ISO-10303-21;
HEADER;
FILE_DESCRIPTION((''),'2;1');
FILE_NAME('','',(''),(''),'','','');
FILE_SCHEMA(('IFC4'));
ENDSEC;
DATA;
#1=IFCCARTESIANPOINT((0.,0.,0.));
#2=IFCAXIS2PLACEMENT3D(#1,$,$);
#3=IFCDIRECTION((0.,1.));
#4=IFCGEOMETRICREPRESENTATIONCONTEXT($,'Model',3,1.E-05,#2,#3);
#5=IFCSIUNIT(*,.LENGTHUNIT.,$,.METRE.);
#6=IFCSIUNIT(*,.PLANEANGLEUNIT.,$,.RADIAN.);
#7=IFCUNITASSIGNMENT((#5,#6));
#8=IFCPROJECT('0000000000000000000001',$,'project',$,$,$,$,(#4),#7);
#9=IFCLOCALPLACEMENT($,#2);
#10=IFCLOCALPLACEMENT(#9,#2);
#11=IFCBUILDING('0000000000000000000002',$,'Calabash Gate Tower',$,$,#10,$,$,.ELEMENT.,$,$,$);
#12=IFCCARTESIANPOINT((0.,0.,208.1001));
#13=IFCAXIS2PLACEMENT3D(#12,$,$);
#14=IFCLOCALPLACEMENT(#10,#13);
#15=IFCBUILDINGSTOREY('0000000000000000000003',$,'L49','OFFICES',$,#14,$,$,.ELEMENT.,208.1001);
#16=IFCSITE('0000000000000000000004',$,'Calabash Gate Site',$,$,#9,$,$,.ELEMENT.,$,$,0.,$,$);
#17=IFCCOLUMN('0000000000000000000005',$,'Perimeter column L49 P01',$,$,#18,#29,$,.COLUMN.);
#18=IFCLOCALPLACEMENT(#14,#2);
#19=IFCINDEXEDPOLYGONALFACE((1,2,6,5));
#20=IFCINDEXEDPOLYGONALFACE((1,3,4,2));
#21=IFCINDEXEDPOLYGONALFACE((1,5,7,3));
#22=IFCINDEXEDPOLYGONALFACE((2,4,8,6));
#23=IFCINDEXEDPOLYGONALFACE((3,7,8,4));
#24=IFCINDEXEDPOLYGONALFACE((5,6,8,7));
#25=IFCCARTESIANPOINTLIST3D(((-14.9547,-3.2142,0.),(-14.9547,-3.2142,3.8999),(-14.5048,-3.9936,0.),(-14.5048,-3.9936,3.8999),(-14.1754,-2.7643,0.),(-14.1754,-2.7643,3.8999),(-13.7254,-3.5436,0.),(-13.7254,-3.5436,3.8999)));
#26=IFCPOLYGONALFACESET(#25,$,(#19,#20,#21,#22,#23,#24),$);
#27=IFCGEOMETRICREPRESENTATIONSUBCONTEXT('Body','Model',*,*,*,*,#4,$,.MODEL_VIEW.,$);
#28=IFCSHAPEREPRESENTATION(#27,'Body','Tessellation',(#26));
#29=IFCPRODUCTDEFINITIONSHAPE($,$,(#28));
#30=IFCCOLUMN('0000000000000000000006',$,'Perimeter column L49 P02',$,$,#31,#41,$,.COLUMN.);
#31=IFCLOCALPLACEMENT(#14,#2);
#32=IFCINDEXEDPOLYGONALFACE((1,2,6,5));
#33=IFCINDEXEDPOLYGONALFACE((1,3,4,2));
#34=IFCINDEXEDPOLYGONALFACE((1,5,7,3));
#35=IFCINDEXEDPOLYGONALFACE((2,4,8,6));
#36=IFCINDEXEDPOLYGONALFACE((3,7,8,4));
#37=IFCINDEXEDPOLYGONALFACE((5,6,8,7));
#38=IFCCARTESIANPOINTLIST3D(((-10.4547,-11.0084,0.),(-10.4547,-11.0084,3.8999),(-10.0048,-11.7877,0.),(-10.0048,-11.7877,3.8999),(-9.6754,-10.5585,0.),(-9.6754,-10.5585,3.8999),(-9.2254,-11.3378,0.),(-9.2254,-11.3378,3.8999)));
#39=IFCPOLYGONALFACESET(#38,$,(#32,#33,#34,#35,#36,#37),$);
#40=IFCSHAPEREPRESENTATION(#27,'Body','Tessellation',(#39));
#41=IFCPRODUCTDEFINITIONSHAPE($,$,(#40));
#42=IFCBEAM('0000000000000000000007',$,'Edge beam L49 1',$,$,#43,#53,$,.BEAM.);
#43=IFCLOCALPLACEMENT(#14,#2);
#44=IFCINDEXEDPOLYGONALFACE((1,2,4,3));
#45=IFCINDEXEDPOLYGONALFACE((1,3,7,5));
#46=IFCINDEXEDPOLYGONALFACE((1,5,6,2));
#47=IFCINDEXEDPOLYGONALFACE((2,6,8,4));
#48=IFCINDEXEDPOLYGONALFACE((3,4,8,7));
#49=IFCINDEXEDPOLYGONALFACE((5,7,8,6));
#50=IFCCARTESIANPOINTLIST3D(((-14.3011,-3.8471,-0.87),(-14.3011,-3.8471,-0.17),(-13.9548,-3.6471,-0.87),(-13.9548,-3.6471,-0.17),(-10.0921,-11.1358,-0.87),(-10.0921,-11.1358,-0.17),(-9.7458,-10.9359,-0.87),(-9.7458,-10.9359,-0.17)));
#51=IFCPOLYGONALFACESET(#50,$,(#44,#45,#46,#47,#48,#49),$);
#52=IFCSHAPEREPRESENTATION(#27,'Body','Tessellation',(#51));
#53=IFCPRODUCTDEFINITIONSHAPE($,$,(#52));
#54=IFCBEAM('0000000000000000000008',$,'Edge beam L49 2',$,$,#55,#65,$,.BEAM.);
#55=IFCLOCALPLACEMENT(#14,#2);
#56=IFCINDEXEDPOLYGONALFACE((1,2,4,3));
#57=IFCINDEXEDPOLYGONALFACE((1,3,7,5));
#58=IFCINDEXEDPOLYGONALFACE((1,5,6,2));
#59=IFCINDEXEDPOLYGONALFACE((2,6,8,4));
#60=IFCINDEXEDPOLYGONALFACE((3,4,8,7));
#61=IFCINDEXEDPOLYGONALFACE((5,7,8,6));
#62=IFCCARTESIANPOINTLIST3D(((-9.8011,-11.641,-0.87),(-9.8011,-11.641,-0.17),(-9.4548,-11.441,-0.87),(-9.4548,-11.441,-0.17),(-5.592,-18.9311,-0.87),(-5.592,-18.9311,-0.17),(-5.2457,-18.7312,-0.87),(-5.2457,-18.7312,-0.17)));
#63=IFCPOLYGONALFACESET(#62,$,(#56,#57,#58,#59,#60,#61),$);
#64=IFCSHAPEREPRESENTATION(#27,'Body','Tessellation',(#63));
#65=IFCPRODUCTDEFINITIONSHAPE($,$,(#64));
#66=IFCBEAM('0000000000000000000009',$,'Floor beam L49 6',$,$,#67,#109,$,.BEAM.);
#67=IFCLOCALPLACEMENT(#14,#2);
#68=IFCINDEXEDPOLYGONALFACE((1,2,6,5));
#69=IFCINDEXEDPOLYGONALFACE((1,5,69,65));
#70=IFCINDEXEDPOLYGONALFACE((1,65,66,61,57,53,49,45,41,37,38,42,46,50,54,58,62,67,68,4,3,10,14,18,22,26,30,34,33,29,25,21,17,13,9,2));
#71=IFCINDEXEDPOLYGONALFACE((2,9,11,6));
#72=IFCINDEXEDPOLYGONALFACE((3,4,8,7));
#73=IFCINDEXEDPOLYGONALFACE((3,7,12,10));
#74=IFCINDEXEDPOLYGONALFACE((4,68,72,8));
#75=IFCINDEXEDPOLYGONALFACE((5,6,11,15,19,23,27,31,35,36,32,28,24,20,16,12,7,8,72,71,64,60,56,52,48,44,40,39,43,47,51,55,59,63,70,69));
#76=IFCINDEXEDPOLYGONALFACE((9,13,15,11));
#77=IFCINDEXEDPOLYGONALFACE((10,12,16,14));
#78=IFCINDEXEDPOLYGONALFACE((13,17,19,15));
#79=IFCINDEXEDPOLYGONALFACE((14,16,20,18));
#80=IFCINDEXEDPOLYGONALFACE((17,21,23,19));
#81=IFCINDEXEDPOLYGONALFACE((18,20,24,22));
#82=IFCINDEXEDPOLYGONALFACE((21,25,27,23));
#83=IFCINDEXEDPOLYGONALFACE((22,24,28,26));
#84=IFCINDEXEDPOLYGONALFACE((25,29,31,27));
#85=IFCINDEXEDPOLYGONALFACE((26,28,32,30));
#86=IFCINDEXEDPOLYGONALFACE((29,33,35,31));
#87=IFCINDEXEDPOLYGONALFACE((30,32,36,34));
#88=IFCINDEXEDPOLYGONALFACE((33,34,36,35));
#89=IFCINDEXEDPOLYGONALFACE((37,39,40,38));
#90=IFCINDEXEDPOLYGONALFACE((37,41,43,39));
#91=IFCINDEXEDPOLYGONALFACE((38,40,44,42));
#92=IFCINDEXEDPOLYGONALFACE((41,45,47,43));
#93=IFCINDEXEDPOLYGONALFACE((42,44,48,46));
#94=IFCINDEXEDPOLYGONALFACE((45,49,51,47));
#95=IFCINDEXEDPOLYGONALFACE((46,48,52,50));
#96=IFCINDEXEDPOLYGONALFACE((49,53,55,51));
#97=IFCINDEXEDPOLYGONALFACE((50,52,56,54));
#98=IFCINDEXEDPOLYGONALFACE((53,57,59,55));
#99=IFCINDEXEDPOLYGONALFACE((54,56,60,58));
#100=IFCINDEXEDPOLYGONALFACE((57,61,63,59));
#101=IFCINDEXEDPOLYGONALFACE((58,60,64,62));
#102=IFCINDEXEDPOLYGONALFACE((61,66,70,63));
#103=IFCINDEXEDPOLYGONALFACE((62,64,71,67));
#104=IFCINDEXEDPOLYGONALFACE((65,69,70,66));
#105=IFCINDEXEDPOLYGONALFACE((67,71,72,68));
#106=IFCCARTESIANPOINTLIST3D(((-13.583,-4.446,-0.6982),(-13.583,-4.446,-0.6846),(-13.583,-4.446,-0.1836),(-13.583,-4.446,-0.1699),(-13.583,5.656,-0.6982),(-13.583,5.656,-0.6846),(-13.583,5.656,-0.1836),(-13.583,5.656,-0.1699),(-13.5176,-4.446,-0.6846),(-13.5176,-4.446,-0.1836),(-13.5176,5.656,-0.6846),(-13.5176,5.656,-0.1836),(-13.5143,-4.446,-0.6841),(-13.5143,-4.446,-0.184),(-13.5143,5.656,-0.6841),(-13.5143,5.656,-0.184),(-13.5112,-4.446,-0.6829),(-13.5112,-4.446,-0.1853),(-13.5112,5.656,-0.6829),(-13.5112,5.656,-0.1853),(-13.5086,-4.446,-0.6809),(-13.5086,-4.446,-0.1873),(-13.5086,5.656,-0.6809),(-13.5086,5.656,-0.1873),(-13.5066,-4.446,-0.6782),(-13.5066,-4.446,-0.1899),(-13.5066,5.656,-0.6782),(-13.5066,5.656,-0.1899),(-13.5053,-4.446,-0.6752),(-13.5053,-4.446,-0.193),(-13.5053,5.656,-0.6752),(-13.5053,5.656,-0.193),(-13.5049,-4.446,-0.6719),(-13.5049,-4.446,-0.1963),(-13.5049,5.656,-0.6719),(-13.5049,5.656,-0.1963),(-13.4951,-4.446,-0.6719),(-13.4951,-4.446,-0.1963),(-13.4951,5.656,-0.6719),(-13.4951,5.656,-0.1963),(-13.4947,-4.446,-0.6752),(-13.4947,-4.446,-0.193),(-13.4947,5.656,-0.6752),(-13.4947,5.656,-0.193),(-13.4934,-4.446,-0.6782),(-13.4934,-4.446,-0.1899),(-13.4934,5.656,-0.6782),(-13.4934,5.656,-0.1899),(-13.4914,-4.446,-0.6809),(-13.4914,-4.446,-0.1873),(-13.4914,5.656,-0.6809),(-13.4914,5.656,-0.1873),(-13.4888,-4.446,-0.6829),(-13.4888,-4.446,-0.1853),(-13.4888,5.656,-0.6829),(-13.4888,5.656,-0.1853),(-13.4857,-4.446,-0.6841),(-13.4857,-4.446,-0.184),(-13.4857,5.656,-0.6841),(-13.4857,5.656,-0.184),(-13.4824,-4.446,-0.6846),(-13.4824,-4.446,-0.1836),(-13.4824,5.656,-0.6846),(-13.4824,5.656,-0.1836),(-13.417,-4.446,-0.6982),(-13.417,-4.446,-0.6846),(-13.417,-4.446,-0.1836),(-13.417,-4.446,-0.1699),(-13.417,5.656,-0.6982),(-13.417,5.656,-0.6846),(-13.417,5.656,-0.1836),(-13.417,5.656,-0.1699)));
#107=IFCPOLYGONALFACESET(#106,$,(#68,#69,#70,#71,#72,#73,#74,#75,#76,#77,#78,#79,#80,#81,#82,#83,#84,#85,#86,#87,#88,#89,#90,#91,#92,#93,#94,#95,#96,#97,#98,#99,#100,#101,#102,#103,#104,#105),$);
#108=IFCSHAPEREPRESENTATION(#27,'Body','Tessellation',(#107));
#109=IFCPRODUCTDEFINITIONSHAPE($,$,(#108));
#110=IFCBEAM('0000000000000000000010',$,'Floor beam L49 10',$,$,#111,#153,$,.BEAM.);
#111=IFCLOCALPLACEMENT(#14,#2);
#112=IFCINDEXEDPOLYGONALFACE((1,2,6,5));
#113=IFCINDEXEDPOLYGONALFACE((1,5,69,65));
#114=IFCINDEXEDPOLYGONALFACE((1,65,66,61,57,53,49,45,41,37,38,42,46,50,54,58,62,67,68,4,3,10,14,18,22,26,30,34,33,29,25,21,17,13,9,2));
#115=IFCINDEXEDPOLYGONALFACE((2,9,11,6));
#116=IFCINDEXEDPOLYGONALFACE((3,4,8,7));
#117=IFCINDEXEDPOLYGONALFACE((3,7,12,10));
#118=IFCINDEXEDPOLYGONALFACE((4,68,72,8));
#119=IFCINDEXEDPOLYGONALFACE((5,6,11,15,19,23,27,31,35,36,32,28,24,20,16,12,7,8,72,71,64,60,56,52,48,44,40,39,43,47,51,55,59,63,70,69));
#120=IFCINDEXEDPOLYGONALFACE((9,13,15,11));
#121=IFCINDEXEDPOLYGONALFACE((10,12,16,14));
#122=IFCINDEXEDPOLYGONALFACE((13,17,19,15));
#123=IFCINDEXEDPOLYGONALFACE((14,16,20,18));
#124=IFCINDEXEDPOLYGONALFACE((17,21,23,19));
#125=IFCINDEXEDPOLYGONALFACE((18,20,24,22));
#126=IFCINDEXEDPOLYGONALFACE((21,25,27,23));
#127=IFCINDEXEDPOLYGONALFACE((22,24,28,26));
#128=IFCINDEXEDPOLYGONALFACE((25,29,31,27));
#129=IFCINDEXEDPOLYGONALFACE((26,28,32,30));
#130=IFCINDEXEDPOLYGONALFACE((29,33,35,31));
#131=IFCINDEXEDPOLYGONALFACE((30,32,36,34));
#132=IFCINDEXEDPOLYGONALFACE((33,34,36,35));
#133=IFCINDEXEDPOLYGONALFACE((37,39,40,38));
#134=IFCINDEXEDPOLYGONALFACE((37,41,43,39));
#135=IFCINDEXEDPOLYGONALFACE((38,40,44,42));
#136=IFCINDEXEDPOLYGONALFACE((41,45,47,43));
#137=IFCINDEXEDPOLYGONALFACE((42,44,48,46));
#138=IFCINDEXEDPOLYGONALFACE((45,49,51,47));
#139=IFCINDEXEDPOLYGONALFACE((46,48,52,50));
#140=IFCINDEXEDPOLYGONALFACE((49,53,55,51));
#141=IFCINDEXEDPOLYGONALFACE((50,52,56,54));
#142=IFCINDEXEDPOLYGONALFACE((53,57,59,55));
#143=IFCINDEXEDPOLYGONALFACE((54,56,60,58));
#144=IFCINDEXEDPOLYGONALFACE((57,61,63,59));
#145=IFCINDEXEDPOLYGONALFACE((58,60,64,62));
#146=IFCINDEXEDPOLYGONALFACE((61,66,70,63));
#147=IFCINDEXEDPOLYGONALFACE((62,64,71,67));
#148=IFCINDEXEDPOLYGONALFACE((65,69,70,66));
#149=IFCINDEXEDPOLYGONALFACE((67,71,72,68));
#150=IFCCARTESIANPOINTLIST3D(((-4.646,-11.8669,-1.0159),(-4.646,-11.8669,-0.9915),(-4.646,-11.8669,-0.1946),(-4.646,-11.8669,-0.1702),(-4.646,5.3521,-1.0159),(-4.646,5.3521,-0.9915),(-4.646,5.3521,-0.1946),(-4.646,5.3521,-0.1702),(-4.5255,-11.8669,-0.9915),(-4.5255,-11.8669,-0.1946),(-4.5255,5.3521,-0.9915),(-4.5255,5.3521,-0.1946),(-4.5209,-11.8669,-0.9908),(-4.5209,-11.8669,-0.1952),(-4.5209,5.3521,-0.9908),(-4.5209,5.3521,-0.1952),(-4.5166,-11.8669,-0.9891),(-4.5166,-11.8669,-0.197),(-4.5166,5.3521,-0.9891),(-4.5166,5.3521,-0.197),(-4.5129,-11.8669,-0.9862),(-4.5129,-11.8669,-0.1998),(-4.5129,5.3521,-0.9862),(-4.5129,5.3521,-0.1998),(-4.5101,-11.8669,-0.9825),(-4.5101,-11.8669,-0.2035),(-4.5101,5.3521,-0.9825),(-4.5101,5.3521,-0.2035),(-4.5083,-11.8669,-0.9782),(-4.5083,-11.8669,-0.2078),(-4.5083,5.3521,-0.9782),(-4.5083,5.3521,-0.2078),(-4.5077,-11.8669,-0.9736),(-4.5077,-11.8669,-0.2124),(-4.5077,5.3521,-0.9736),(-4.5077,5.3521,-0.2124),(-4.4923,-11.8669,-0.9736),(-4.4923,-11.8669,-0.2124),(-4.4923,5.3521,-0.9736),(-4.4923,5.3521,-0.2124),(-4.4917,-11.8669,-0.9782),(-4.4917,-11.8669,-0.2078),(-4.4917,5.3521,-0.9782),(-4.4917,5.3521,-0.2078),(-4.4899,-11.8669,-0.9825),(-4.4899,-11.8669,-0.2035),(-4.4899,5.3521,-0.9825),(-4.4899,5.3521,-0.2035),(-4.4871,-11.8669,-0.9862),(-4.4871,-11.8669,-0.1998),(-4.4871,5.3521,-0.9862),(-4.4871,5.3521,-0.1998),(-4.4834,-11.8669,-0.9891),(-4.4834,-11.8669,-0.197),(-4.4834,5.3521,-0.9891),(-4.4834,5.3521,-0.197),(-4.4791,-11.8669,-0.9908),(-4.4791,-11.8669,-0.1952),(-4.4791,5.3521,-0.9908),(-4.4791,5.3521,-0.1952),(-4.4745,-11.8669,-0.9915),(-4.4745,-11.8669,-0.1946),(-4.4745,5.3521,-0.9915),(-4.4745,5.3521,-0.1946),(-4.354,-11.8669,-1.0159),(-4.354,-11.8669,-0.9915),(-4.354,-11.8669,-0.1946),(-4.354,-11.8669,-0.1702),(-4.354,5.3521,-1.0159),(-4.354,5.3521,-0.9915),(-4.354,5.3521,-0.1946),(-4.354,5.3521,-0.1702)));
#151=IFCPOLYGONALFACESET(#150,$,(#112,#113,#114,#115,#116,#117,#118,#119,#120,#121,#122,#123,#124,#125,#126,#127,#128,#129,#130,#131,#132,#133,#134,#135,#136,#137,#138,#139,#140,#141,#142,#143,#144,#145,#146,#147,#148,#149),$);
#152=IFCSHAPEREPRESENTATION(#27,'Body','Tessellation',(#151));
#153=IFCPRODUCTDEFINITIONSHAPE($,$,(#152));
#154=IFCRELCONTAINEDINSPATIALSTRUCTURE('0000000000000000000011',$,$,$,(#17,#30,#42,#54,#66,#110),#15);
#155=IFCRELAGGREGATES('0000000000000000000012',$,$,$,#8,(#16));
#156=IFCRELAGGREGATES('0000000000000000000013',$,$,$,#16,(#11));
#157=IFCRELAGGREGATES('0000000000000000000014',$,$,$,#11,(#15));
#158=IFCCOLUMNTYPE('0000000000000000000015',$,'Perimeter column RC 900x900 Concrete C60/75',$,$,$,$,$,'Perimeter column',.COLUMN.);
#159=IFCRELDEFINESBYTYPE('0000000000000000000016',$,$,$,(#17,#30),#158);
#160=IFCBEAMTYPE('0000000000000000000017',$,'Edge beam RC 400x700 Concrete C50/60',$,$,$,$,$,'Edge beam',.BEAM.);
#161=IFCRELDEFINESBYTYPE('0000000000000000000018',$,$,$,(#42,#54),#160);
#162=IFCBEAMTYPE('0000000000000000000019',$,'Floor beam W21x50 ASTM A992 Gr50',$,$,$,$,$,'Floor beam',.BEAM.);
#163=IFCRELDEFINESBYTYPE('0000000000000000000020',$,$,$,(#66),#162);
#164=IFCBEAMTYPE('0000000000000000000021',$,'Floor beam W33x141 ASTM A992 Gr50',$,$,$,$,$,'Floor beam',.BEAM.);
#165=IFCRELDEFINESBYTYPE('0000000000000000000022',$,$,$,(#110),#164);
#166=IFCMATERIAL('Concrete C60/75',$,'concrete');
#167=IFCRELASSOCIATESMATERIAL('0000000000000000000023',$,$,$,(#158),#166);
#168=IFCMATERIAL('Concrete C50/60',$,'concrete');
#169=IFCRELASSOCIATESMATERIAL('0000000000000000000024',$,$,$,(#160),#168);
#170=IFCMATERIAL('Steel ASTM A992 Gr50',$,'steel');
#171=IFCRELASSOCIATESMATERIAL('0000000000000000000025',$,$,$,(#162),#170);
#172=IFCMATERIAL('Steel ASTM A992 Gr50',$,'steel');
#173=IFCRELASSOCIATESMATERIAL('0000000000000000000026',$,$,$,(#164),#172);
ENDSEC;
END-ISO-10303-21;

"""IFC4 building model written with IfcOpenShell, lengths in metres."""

from ifc_helpers import new_model, si_unit, direction, frame, origin, origin_2d, place, context, subcontext, project, spatial, rectangle, i_section, extrude, material, material_profile, profile_set, type_object, element, save


model = new_model("IFC4")

# Units and contexts
model_context = context("Model", 3, precision=1e-05, world=origin(), true_north=direction((0.0, 1.0)))
body_context = subcontext(model_context, "Body", "Model", "MODEL_VIEW")
ifc_project = project(units=[si_unit("LENGTHUNIT", "METRE"), si_unit("PLANEANGLEUNIT", "RADIAN")], contexts=[model_context])

# Site, building, storey
site_placement = place(None, origin())
site = spatial("IfcSite", under=ifc_project, at=site_placement, Name="Calabash Gate Site", CompositionType="ELEMENT", RefElevation=0.0)
building_placement = place(site_placement, origin())
building = spatial("IfcBuilding", under=site, at=building_placement, Name="Calabash Gate Tower", CompositionType="ELEMENT")
storey_placement = place(building_placement, frame((0.0, 0.0, 208.1001)))
storey = spatial("IfcBuildingStorey", under=building, at=storey_placement, Name="L49", Description="OFFICES", CompositionType="ELEMENT", Elevation=208.1001)

# Columns
ifc_material_1 = material(Name="Concrete C60/75", Category="concrete")
ifc_material_profile_1 = material_profile(ifc_material_1, rectangle(XDim=0.8999, YDim=0.8999, at=origin_2d()))
ifc_profile_set_1 = profile_set([ifc_material_profile_1], Name="Concrete C60/75")
column_type = type_object("IfcColumnType", Name="Perimeter column RC 900x900 Concrete C60/75", ElementType="Perimeter column", PredefinedType="COLUMN", material=ifc_profile_set_1)
for number, where, z_axis, x_axis, name in (
    (1, (-14.3401, -3.3789, 0.0), (0.0, 0.0, 1.0), (0.5, -0.866025, 0.0), "Perimeter column L49 P01"),
    (2, (-9.8401, -11.1731, 0.0), (0.0, 0.0, 1.0), (0.5, -0.866025, 0.0), "Perimeter column L49 P02"),
):
    element("IfcColumn", number, at=place(storey_placement, frame(where, z_axis=z_axis, x_axis=x_axis)), inside=storey, type_object=column_type, Name=name, PredefinedType="COLUMN", context=body_context, shape_type="SweptSolid", body=[
        extrude(rectangle(XDim=0.8999, YDim=0.8999, at=origin_2d()), origin(), (0.0, 0.0, 1.0), 3.8999),
    ])

# Beams
ifc_material_2 = material(Name="Concrete C50/60", Category="concrete")
ifc_material_profile_2 = material_profile(ifc_material_2, rectangle(XDim=0.3999, YDim=0.7, at=origin_2d()))
ifc_profile_set_2 = profile_set([ifc_material_profile_2], Name="Concrete C50/60")
beam_type_1 = type_object("IfcBeamType", Name="Edge beam RC 400x700 Concrete C50/60", ElementType="Edge beam", PredefinedType="BEAM", material=ifc_profile_set_2)
beam_1_placement = place(storey_placement, frame((-14.1279, -3.7471, -0.52), z_axis=(0.50007, -0.865985, 0.0), x_axis=(0.865985, 0.50007, 0.0)))
element("IfcBeam", 3, at=beam_1_placement, inside=storey, type_object=beam_type_1, Name="Edge beam L49 1", PredefinedType="BEAM", context=body_context, shape_type="SweptSolid", body=[
    extrude(rectangle(XDim=0.3999, YDim=0.7, at=origin_2d()), origin(), (0.0, 0.0, 1.0), 8.4167),
])
beam_2_placement = place(storey_placement, frame((-9.6279, -11.541, -0.52), z_axis=(0.500007, -0.866021, 0.0), x_axis=(0.866021, 0.500007, 0.0)))
element("IfcBeam", 4, at=beam_2_placement, inside=storey, type_object=beam_type_1, Name="Edge beam L49 2", PredefinedType="BEAM", context=body_context, shape_type="SweptSolid", body=[
    extrude(rectangle(XDim=0.3999, YDim=0.7, at=origin_2d()), origin(), (0.0, 0.0, 1.0), 8.418),
])
ifc_material_3 = material(Name="Steel ASTM A992 Gr50", Category="steel")
ifc_material_profile_3 = material_profile(ifc_material_3, i_section(OverallWidth=0.166, OverallDepth=0.5283, WebThickness=0.0098, FlangeThickness=0.0137, FilletRadius=0.0127, at=origin_2d()))
ifc_profile_set_3 = profile_set([ifc_material_profile_3], Name="Steel ASTM A992 Gr50")
beam_type_2 = type_object("IfcBeamType", Name="Floor beam W21x50 ASTM A992 Gr50", ElementType="Floor beam", PredefinedType="BEAM", material=ifc_profile_set_3)
beam_3_placement = place(storey_placement, frame((-13.5, -4.446, -0.4341), z_axis=(0.0, 1.0, 0.0), x_axis=(-1.0, 0.0, 0.0)))
element("IfcBeam", 5, at=beam_3_placement, inside=storey, type_object=beam_type_2, Name="Floor beam L49 6", PredefinedType="BEAM", context=body_context, shape_type="SweptSolid", body=[
    extrude(i_section(OverallWidth=0.166, OverallDepth=0.5283, WebThickness=0.0098, FlangeThickness=0.0137, FilletRadius=0.0127, at=origin_2d()), origin(), (0.0, 0.0, 1.0), 10.1021),
])
ifc_material_4 = material(Name="Steel ASTM A992 Gr50", Category="steel")
ifc_material_profile_4 = material_profile(ifc_material_4, i_section(OverallWidth=0.292, OverallDepth=0.8457, WebThickness=0.0154, FlangeThickness=0.0244, FilletRadius=0.0178, at=origin_2d()))
ifc_profile_set_4 = profile_set([ifc_material_profile_4], Name="Steel ASTM A992 Gr50")
beam_type_3 = type_object("IfcBeamType", Name="Floor beam W33x141 ASTM A992 Gr50", ElementType="Floor beam", PredefinedType="BEAM", material=ifc_profile_set_4)
beam_4_placement = place(storey_placement, frame((-4.5, -11.8669, -0.593), z_axis=(0.0, 1.0, 0.0), x_axis=(-1.0, 0.0, 0.0)))
element("IfcBeam", 6, at=beam_4_placement, inside=storey, type_object=beam_type_3, Name="Floor beam L49 10", PredefinedType="BEAM", context=body_context, shape_type="SweptSolid", body=[
    extrude(i_section(OverallWidth=0.292, OverallDepth=0.8457, WebThickness=0.0154, FlangeThickness=0.0244, FilletRadius=0.0178, at=origin_2d()), origin(), (0.0, 0.0, 1.0), 17.219),
])

save(model, "model.ifc")
